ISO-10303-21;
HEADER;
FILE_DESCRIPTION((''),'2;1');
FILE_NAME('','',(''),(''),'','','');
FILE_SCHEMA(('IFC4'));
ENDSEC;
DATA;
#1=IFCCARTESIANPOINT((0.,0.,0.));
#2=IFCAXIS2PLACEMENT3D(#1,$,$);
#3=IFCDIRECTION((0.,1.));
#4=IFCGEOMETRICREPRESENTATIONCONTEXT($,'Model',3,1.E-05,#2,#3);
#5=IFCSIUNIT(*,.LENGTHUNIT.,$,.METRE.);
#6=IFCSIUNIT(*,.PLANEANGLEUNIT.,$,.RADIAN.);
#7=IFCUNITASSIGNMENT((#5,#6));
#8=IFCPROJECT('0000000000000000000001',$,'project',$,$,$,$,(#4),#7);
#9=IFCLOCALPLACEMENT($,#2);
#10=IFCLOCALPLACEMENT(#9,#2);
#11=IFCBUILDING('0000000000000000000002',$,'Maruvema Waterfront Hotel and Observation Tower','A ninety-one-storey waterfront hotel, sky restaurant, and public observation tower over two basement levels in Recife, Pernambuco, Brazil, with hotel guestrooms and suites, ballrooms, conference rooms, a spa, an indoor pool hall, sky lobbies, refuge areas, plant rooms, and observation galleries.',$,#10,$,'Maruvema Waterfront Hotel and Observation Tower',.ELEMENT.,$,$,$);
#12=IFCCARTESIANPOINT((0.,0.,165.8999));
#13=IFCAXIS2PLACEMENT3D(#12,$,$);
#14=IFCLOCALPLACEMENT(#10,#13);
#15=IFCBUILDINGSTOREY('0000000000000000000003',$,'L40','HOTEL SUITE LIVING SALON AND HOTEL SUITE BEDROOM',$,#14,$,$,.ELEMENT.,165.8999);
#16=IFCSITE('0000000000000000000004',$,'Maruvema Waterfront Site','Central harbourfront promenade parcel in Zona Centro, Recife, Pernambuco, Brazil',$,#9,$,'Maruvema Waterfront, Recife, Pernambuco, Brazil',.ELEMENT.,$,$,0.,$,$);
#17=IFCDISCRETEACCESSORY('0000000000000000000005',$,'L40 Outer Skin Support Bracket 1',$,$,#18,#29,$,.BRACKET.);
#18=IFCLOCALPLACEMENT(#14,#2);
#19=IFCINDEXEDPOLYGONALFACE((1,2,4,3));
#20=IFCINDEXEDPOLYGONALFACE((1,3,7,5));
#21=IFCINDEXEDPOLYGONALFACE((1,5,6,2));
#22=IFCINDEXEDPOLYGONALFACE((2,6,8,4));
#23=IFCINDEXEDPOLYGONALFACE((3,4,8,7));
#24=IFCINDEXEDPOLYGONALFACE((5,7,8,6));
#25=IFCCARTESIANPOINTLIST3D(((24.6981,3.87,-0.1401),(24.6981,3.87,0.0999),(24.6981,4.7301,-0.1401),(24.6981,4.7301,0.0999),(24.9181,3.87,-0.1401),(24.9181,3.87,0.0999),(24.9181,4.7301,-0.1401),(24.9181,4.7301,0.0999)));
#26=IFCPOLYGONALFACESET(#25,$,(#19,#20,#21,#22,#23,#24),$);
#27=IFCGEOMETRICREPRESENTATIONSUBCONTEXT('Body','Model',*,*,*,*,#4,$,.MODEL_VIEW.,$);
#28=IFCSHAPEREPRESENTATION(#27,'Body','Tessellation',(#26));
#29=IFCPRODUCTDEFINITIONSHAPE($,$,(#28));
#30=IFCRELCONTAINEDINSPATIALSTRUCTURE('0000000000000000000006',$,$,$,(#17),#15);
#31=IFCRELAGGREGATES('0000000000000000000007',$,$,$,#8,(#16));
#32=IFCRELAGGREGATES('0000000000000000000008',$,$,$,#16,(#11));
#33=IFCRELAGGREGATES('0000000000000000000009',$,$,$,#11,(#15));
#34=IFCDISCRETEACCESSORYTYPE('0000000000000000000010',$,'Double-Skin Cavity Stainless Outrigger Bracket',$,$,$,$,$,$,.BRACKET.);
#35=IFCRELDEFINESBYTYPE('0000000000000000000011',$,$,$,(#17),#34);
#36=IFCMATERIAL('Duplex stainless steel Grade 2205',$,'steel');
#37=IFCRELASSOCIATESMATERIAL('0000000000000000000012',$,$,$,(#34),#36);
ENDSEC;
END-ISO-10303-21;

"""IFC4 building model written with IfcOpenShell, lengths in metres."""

from ifc_helpers import new_model, si_unit, direction, frame, origin, origin_2d, place, context, subcontext, project, spatial, rectangle, extrude, material, type_object, element, save


model = new_model("IFC4")

# Units and contexts
model_context = context("Model", 3, precision=1e-05, world=origin(), true_north=direction((0.0, 1.0)))
body_context = subcontext(model_context, "Body", "Model", "MODEL_VIEW")
ifc_project = project(units=[si_unit("LENGTHUNIT", "METRE"), si_unit("PLANEANGLEUNIT", "RADIAN")], contexts=[model_context])

# Site, building, storey
site_placement = place(None, origin())
site = spatial("IfcSite", under=ifc_project, at=site_placement, Name="Maruvema Waterfront Site", Description="Central harbourfront promenade parcel in Zona Centro, Recife, Pernambuco, Brazil", LongName="Maruvema Waterfront, Recife, Pernambuco, Brazil", CompositionType="ELEMENT", RefElevation=0.0)
building_placement = place(site_placement, origin())
building = spatial("IfcBuilding", under=site, at=building_placement, Name="Maruvema Waterfront Hotel and Observation Tower", Description="A ninety-one-storey waterfront hotel, sky restaurant, and public observation tower over two basement levels in Recife, Pernambuco, Brazil, with hotel guestrooms and suites, ballrooms, conference rooms, a spa, an indoor pool hall, sky lobbies, refuge areas, plant rooms, and observation galleries.", LongName="Maruvema Waterfront Hotel and Observation Tower", CompositionType="ELEMENT")
storey_placement = place(building_placement, frame((0.0, 0.0, 165.8999)))
storey = spatial("IfcBuildingStorey", under=building, at=storey_placement, Name="L40", Description="HOTEL SUITE LIVING SALON AND HOTEL SUITE BEDROOM", CompositionType="ELEMENT", Elevation=165.8999)

# Discrete accessory
ifc_material_1 = material(Name="Duplex stainless steel Grade 2205", Category="steel")
discrete_accessory_type = type_object("IfcDiscreteAccessoryType", Name="Double-Skin Cavity Stainless Outrigger Bracket", PredefinedType="BRACKET", material=ifc_material_1)
discrete_accessory_placement = place(storey_placement, frame((24.8081, 4.3, -0.1401), z_axis=(0.0, 0.0, 1.0), x_axis=(1.0, 0.0, 0.0)))
element("IfcDiscreteAccessory", 1, at=discrete_accessory_placement, inside=storey, type_object=discrete_accessory_type, Name="L40 Outer Skin Support Bracket 1", PredefinedType="BRACKET", context=body_context, shape_type="SweptSolid", body=[
    extrude(rectangle(XDim=0.22, YDim=0.8601, at=origin_2d()), origin(), (0.0, 0.0, 1.0), 0.24),
])

save(model, "model.ifc")
